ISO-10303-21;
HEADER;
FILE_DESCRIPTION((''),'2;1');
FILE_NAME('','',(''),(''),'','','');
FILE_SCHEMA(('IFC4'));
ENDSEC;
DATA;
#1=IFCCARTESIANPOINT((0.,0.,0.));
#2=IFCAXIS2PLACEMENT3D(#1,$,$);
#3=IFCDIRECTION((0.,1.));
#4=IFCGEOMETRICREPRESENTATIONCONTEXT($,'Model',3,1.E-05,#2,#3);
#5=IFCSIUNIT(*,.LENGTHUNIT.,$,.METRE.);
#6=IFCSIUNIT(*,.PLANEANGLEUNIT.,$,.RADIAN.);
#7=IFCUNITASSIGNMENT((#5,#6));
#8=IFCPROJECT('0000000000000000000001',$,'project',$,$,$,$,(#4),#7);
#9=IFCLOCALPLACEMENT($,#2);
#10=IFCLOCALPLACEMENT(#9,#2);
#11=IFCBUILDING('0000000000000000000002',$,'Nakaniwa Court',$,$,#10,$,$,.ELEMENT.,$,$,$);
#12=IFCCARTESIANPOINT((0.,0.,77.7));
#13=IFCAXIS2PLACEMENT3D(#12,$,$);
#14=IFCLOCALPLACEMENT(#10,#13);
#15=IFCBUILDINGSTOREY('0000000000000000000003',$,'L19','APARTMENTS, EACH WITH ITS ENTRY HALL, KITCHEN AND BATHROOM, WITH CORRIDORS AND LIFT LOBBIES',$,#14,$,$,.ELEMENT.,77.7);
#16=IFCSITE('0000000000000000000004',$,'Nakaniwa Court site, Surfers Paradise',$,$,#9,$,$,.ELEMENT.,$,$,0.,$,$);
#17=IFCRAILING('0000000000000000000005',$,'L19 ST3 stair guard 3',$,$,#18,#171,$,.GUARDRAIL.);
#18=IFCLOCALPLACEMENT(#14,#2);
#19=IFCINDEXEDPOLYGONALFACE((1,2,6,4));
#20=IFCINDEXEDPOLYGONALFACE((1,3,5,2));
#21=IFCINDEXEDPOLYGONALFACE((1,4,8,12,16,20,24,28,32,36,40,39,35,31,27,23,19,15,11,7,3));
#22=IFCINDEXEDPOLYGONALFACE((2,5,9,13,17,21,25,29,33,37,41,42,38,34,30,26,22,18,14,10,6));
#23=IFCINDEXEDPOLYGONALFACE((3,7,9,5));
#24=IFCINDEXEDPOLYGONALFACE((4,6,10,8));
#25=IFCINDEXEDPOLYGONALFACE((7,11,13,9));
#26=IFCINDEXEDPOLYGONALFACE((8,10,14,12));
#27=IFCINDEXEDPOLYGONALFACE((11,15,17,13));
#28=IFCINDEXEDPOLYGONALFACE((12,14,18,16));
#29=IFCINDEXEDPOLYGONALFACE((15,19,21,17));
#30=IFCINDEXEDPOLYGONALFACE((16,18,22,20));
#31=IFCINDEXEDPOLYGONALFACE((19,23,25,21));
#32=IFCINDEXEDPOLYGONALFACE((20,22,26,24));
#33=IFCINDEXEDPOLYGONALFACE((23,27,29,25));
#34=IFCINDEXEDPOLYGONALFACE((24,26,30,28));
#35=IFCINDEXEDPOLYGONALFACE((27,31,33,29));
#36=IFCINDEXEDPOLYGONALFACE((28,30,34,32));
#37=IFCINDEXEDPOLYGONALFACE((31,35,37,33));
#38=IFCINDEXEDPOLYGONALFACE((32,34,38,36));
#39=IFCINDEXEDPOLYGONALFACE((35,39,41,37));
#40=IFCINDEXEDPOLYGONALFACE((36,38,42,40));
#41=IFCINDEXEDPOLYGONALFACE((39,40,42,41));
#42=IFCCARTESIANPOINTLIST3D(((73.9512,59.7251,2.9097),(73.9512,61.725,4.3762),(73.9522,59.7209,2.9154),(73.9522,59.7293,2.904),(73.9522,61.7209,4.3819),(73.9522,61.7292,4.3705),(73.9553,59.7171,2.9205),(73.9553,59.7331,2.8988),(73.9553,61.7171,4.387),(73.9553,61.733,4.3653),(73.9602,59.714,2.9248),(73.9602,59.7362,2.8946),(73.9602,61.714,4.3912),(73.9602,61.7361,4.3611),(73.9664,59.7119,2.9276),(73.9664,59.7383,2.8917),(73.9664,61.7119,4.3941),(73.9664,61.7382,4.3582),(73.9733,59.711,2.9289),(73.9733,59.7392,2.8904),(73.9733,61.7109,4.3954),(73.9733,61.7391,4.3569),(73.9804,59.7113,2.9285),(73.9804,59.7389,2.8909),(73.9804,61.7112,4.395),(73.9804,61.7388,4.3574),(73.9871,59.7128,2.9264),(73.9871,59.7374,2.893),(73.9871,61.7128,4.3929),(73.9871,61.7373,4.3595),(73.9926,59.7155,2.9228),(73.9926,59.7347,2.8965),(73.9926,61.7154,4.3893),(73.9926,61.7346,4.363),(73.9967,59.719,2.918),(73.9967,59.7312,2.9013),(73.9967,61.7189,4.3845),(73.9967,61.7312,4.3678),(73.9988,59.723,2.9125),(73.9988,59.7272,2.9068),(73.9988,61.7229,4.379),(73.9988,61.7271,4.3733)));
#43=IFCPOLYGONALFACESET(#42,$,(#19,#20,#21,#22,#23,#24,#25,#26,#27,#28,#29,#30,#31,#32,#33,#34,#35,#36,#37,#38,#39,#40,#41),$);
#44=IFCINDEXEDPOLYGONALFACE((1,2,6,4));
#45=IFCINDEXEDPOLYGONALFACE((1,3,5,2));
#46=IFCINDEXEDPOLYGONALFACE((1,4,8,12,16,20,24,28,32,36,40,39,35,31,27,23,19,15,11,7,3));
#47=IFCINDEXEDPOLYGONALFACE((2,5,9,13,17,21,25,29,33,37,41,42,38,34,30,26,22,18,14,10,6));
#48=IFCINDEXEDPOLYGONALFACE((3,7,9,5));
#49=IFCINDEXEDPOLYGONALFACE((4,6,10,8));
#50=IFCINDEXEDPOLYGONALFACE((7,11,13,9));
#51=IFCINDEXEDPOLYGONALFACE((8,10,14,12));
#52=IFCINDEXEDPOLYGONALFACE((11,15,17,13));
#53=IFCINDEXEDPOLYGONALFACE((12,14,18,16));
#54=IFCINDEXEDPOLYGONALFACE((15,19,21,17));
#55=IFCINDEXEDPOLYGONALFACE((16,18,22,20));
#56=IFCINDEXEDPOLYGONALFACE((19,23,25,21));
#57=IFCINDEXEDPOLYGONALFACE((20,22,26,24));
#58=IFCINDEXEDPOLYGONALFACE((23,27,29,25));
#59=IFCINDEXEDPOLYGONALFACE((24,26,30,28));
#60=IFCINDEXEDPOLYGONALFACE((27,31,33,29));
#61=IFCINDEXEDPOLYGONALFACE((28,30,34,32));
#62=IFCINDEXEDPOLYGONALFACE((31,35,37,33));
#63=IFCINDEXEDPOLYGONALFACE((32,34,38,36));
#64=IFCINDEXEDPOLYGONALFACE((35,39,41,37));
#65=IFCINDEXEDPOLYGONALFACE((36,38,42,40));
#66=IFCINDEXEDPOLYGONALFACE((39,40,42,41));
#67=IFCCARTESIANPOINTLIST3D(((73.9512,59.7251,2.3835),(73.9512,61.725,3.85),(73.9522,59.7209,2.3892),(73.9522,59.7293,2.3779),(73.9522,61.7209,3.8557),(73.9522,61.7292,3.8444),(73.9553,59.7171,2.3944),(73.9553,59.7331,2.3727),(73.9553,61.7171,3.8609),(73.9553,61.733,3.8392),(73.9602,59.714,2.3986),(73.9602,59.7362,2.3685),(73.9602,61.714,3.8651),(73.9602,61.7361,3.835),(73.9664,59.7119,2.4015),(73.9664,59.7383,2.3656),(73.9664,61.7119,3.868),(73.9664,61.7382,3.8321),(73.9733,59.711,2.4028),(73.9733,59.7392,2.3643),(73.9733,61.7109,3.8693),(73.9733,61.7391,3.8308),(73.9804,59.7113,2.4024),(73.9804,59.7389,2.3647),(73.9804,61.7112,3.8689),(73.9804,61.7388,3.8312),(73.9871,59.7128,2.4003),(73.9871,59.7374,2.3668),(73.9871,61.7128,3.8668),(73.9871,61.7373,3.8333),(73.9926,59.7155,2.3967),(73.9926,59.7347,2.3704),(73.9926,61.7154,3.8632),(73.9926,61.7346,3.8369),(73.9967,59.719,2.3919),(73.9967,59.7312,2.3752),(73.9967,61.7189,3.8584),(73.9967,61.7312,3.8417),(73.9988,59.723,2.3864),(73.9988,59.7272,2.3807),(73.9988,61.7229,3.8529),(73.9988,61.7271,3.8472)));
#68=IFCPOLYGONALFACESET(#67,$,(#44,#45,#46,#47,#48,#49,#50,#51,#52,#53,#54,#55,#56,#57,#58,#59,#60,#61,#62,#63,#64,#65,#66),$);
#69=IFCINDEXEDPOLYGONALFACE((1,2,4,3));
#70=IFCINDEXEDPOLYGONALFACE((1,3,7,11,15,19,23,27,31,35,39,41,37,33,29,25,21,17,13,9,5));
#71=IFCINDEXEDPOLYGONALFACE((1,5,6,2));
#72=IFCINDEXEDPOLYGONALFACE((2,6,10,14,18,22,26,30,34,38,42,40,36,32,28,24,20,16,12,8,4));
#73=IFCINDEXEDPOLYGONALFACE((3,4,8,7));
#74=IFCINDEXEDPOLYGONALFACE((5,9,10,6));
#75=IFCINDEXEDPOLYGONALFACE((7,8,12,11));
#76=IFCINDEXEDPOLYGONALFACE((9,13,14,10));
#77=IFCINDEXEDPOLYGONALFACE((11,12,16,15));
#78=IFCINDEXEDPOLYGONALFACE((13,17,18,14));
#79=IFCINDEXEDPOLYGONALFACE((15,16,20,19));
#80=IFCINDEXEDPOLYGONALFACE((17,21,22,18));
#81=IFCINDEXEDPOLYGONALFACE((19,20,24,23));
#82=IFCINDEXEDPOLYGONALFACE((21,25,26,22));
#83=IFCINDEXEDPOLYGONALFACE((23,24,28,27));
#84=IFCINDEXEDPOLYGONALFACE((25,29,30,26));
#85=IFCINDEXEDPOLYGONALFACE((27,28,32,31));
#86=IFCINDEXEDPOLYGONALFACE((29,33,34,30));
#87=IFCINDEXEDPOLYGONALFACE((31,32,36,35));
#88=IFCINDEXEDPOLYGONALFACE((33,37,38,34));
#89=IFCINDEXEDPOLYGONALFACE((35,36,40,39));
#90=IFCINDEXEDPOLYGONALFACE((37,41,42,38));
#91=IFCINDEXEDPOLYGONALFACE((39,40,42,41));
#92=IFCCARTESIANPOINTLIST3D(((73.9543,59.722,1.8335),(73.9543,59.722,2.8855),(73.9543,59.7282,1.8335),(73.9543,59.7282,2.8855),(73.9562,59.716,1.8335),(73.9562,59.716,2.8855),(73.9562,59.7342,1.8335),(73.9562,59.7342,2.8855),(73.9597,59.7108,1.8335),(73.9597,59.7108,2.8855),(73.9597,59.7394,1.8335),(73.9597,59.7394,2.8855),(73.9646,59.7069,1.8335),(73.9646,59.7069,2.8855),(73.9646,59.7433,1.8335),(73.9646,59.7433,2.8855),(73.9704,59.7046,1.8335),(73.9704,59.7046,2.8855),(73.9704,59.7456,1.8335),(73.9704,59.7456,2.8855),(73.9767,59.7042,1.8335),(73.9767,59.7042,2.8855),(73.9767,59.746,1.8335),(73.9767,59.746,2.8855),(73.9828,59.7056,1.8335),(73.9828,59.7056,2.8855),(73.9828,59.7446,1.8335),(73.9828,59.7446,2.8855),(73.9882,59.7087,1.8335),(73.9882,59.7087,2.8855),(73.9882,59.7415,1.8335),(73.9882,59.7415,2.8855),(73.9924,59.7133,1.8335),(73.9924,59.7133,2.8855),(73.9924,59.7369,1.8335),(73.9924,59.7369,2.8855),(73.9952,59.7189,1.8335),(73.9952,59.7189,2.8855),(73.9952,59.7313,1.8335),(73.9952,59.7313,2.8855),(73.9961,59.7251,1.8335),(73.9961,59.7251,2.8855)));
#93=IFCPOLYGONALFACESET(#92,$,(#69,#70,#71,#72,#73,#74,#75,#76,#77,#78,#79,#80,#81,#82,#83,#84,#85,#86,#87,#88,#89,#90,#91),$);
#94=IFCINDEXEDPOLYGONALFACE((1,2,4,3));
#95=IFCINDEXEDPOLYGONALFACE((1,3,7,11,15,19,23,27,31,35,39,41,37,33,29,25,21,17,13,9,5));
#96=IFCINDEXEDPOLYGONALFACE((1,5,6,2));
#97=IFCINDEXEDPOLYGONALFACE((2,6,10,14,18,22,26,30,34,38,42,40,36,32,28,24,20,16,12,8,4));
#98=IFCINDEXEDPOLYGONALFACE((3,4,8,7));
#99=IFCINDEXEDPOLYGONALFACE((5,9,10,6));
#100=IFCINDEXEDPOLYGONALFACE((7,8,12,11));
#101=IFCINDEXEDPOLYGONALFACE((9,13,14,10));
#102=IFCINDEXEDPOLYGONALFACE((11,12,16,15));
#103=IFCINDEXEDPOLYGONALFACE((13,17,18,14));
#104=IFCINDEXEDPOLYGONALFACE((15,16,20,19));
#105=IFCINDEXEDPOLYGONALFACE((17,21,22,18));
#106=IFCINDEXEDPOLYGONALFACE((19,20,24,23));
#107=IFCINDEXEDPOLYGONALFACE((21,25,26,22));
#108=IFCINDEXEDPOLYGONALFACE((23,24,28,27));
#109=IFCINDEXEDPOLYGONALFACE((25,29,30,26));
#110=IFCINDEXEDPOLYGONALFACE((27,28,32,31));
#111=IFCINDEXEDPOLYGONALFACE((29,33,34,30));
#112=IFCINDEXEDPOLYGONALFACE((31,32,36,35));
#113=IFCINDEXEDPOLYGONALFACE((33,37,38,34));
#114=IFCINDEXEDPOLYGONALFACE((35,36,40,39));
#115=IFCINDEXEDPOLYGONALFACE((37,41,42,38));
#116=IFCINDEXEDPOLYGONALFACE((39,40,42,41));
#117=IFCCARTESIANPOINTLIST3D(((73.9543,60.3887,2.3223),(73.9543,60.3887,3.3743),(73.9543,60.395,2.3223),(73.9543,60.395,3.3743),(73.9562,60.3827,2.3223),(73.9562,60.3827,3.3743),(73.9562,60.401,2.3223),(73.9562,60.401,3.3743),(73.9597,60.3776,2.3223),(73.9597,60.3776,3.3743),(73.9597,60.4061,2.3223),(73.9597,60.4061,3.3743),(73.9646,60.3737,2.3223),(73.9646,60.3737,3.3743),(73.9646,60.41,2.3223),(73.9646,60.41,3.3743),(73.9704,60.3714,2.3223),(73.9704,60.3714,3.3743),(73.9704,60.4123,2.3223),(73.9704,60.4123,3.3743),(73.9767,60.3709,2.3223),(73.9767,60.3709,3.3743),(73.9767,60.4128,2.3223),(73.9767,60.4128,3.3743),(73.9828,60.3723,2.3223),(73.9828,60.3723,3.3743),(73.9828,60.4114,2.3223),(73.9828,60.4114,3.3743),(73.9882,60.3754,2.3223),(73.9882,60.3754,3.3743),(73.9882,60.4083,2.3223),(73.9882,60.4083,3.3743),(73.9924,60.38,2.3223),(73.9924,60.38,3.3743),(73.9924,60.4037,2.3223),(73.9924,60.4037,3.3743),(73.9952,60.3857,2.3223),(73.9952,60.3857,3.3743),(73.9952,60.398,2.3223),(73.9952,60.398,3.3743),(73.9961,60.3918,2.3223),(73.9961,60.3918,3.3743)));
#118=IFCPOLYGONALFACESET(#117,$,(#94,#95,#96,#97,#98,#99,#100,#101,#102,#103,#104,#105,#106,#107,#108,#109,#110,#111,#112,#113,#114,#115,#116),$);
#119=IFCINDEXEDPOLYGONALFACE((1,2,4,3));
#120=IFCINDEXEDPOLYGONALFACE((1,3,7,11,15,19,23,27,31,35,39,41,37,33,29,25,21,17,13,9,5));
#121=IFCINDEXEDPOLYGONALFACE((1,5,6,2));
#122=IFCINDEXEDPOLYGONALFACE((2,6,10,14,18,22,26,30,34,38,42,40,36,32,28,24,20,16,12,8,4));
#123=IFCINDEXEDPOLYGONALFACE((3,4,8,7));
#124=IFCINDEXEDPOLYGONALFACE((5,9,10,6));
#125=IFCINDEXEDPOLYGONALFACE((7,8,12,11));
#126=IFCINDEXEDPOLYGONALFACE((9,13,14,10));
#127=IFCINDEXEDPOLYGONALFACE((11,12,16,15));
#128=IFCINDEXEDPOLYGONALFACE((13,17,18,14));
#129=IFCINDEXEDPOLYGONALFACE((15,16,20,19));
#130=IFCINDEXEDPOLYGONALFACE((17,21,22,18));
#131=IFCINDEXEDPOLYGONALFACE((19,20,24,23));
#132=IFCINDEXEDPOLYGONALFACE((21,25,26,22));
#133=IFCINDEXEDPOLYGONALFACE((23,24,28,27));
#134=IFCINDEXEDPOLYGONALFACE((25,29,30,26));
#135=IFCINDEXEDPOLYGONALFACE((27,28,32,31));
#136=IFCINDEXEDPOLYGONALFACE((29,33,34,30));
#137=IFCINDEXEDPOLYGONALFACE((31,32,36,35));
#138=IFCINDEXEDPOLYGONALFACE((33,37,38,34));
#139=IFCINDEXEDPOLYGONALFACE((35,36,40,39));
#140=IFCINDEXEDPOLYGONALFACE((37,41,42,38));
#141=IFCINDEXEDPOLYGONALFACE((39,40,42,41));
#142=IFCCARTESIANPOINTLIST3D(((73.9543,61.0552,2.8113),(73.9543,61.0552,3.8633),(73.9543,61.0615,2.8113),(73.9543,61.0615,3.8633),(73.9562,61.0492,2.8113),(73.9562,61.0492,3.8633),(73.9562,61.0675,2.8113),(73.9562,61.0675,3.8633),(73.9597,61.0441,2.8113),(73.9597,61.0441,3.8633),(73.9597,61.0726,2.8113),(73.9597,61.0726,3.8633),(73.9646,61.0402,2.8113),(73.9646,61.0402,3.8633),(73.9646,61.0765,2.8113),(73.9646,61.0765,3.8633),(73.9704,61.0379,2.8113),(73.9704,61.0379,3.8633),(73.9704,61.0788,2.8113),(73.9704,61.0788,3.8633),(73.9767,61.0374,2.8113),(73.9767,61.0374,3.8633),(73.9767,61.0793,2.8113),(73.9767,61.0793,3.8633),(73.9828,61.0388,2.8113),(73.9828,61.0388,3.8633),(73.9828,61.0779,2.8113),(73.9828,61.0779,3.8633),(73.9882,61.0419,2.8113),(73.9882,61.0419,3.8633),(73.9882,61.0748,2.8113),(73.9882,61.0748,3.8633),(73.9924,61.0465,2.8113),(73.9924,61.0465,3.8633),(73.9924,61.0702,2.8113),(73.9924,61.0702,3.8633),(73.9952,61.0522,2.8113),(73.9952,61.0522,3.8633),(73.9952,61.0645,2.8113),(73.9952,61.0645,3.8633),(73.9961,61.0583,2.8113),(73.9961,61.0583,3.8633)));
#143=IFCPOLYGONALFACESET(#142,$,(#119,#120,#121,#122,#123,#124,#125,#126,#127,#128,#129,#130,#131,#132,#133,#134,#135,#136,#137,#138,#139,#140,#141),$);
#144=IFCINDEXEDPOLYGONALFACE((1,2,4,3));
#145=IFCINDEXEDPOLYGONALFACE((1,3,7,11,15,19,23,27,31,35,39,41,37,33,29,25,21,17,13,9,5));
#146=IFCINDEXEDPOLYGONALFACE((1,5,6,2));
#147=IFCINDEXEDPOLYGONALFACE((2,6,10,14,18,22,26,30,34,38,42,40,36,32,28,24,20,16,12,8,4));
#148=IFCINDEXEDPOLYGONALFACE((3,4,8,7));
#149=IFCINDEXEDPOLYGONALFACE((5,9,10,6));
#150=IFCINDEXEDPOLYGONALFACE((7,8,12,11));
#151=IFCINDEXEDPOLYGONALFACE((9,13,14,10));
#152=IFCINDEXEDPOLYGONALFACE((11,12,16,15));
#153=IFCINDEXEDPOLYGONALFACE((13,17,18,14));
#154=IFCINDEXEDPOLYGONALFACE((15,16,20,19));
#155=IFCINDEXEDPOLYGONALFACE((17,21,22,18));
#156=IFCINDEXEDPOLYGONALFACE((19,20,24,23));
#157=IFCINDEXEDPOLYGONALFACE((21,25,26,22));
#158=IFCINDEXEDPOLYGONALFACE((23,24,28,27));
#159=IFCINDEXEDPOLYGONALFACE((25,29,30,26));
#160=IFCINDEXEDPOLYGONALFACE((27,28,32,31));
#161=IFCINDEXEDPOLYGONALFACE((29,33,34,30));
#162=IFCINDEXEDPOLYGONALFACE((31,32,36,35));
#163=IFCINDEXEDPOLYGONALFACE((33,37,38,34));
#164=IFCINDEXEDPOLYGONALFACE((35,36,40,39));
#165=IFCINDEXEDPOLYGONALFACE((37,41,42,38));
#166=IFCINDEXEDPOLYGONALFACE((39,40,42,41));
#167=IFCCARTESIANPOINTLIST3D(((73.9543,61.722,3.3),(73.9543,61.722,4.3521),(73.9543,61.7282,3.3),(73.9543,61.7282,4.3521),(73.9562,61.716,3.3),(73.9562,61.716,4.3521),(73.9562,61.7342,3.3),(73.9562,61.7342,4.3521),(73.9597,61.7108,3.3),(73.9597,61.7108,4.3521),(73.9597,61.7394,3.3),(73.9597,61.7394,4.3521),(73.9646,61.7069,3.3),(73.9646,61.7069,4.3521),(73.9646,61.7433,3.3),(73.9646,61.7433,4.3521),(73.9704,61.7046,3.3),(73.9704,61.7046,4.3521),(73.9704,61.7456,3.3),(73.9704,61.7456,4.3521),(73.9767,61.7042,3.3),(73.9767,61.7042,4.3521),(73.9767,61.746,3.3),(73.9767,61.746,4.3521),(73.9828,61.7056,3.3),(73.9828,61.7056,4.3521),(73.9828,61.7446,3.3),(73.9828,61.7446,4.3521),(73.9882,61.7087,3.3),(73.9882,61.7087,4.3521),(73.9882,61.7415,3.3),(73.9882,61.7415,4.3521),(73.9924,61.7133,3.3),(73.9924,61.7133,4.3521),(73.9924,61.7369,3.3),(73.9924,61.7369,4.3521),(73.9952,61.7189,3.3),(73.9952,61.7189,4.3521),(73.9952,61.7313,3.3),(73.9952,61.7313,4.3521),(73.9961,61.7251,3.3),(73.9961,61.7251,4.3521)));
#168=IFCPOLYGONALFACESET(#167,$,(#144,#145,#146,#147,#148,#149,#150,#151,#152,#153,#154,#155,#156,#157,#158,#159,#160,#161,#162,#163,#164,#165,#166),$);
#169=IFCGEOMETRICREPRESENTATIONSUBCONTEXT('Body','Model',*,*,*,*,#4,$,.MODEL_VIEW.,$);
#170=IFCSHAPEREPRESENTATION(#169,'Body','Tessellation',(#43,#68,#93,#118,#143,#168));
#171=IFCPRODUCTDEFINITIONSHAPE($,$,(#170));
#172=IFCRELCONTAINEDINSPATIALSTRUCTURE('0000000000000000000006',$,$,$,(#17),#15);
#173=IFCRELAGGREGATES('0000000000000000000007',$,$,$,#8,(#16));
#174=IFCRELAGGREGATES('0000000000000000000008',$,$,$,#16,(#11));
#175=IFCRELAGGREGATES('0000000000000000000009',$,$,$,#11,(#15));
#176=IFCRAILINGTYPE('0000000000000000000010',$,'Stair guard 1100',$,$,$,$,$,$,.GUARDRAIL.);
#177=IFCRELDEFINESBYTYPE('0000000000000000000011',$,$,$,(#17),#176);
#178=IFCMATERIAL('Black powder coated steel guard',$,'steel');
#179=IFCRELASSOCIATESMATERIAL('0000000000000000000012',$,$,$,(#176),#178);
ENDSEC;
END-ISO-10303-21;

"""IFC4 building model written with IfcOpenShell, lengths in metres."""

from ifc_helpers import new_model, si_unit, direction, frame, origin, origin_2d, place, context, subcontext, project, spatial, circle, extrude, material, type_object, element, save


model = new_model("IFC4")

# Units and contexts
model_context = context("Model", 3, precision=1e-05, world=origin(), true_north=direction((0.0, 1.0)))
body_context = subcontext(model_context, "Body", "Model", "MODEL_VIEW")
ifc_project = project(units=[si_unit("LENGTHUNIT", "METRE"), si_unit("PLANEANGLEUNIT", "RADIAN")], contexts=[model_context])

# Site, building, storey
site_placement = place(None, origin())
site = spatial("IfcSite", under=ifc_project, at=site_placement, Name="Nakaniwa Court site, Surfers Paradise", CompositionType="ELEMENT", RefElevation=0.0)
building_placement = place(site_placement, origin())
building = spatial("IfcBuilding", under=site, at=building_placement, Name="Nakaniwa Court", CompositionType="ELEMENT")
storey_placement = place(building_placement, frame((0.0, 0.0, 77.7)))
storey = spatial("IfcBuildingStorey", under=building, at=storey_placement, Name="L19", Description="APARTMENTS, EACH WITH ITS ENTRY HALL, KITCHEN AND BATHROOM, WITH CORRIDORS AND LIFT LOBBIES", CompositionType="ELEMENT", Elevation=77.7)

# Railing
ifc_material_1 = material(Name="Black powder coated steel guard", Category="steel")
railing_type_1 = type_object("IfcRailingType", Name="Stair guard 1100", PredefinedType="GUARDRAIL", material=ifc_material_1)
railing_1_placement = place(storey_placement, frame((73.9751, 59.7251, 1.8335)))
element("IfcRailing", 1, at=railing_1_placement, inside=storey, type_object=railing_type_1, Name="L19 ST3 stair guard 3", PredefinedType="GUARDRAIL", context=body_context, shape_type="SweptSolid", body=[
    extrude(circle(Radius=0.0239, at=origin_2d()), frame((0.0, 0.0, 1.0762), z_axis=(0.0, 0.806427, 0.591334), x_axis=(-1.0, 0.0, 0.0)), (0.0, 0.0, 1.0), 2.48),
    extrude(circle(Radius=0.0239, at=origin_2d()), frame((0.0, 0.0, 0.55), z_axis=(0.0, 0.806427, 0.591334), x_axis=(-1.0, 0.0, 0.0)), (0.0, 0.0, 1.0), 2.48),
    extrude(circle(Radius=0.021, at=origin_2d()), origin(), (0.0, 0.0, 1.0), 1.052),
    extrude(circle(Radius=0.021, at=origin_2d()), frame((0.0, 0.6667, 0.4888)), (0.0, 0.0, 1.0), 1.052),
    extrude(circle(Radius=0.021, at=origin_2d()), frame((0.0, 1.3333, 0.9778)), (0.0, 0.0, 1.0), 1.052),
    extrude(circle(Radius=0.021, at=origin_2d()), frame((0.0, 2.0, 1.4666)), (0.0, 0.0, 1.0), 1.052),
])

save(model, "model.ifc")
